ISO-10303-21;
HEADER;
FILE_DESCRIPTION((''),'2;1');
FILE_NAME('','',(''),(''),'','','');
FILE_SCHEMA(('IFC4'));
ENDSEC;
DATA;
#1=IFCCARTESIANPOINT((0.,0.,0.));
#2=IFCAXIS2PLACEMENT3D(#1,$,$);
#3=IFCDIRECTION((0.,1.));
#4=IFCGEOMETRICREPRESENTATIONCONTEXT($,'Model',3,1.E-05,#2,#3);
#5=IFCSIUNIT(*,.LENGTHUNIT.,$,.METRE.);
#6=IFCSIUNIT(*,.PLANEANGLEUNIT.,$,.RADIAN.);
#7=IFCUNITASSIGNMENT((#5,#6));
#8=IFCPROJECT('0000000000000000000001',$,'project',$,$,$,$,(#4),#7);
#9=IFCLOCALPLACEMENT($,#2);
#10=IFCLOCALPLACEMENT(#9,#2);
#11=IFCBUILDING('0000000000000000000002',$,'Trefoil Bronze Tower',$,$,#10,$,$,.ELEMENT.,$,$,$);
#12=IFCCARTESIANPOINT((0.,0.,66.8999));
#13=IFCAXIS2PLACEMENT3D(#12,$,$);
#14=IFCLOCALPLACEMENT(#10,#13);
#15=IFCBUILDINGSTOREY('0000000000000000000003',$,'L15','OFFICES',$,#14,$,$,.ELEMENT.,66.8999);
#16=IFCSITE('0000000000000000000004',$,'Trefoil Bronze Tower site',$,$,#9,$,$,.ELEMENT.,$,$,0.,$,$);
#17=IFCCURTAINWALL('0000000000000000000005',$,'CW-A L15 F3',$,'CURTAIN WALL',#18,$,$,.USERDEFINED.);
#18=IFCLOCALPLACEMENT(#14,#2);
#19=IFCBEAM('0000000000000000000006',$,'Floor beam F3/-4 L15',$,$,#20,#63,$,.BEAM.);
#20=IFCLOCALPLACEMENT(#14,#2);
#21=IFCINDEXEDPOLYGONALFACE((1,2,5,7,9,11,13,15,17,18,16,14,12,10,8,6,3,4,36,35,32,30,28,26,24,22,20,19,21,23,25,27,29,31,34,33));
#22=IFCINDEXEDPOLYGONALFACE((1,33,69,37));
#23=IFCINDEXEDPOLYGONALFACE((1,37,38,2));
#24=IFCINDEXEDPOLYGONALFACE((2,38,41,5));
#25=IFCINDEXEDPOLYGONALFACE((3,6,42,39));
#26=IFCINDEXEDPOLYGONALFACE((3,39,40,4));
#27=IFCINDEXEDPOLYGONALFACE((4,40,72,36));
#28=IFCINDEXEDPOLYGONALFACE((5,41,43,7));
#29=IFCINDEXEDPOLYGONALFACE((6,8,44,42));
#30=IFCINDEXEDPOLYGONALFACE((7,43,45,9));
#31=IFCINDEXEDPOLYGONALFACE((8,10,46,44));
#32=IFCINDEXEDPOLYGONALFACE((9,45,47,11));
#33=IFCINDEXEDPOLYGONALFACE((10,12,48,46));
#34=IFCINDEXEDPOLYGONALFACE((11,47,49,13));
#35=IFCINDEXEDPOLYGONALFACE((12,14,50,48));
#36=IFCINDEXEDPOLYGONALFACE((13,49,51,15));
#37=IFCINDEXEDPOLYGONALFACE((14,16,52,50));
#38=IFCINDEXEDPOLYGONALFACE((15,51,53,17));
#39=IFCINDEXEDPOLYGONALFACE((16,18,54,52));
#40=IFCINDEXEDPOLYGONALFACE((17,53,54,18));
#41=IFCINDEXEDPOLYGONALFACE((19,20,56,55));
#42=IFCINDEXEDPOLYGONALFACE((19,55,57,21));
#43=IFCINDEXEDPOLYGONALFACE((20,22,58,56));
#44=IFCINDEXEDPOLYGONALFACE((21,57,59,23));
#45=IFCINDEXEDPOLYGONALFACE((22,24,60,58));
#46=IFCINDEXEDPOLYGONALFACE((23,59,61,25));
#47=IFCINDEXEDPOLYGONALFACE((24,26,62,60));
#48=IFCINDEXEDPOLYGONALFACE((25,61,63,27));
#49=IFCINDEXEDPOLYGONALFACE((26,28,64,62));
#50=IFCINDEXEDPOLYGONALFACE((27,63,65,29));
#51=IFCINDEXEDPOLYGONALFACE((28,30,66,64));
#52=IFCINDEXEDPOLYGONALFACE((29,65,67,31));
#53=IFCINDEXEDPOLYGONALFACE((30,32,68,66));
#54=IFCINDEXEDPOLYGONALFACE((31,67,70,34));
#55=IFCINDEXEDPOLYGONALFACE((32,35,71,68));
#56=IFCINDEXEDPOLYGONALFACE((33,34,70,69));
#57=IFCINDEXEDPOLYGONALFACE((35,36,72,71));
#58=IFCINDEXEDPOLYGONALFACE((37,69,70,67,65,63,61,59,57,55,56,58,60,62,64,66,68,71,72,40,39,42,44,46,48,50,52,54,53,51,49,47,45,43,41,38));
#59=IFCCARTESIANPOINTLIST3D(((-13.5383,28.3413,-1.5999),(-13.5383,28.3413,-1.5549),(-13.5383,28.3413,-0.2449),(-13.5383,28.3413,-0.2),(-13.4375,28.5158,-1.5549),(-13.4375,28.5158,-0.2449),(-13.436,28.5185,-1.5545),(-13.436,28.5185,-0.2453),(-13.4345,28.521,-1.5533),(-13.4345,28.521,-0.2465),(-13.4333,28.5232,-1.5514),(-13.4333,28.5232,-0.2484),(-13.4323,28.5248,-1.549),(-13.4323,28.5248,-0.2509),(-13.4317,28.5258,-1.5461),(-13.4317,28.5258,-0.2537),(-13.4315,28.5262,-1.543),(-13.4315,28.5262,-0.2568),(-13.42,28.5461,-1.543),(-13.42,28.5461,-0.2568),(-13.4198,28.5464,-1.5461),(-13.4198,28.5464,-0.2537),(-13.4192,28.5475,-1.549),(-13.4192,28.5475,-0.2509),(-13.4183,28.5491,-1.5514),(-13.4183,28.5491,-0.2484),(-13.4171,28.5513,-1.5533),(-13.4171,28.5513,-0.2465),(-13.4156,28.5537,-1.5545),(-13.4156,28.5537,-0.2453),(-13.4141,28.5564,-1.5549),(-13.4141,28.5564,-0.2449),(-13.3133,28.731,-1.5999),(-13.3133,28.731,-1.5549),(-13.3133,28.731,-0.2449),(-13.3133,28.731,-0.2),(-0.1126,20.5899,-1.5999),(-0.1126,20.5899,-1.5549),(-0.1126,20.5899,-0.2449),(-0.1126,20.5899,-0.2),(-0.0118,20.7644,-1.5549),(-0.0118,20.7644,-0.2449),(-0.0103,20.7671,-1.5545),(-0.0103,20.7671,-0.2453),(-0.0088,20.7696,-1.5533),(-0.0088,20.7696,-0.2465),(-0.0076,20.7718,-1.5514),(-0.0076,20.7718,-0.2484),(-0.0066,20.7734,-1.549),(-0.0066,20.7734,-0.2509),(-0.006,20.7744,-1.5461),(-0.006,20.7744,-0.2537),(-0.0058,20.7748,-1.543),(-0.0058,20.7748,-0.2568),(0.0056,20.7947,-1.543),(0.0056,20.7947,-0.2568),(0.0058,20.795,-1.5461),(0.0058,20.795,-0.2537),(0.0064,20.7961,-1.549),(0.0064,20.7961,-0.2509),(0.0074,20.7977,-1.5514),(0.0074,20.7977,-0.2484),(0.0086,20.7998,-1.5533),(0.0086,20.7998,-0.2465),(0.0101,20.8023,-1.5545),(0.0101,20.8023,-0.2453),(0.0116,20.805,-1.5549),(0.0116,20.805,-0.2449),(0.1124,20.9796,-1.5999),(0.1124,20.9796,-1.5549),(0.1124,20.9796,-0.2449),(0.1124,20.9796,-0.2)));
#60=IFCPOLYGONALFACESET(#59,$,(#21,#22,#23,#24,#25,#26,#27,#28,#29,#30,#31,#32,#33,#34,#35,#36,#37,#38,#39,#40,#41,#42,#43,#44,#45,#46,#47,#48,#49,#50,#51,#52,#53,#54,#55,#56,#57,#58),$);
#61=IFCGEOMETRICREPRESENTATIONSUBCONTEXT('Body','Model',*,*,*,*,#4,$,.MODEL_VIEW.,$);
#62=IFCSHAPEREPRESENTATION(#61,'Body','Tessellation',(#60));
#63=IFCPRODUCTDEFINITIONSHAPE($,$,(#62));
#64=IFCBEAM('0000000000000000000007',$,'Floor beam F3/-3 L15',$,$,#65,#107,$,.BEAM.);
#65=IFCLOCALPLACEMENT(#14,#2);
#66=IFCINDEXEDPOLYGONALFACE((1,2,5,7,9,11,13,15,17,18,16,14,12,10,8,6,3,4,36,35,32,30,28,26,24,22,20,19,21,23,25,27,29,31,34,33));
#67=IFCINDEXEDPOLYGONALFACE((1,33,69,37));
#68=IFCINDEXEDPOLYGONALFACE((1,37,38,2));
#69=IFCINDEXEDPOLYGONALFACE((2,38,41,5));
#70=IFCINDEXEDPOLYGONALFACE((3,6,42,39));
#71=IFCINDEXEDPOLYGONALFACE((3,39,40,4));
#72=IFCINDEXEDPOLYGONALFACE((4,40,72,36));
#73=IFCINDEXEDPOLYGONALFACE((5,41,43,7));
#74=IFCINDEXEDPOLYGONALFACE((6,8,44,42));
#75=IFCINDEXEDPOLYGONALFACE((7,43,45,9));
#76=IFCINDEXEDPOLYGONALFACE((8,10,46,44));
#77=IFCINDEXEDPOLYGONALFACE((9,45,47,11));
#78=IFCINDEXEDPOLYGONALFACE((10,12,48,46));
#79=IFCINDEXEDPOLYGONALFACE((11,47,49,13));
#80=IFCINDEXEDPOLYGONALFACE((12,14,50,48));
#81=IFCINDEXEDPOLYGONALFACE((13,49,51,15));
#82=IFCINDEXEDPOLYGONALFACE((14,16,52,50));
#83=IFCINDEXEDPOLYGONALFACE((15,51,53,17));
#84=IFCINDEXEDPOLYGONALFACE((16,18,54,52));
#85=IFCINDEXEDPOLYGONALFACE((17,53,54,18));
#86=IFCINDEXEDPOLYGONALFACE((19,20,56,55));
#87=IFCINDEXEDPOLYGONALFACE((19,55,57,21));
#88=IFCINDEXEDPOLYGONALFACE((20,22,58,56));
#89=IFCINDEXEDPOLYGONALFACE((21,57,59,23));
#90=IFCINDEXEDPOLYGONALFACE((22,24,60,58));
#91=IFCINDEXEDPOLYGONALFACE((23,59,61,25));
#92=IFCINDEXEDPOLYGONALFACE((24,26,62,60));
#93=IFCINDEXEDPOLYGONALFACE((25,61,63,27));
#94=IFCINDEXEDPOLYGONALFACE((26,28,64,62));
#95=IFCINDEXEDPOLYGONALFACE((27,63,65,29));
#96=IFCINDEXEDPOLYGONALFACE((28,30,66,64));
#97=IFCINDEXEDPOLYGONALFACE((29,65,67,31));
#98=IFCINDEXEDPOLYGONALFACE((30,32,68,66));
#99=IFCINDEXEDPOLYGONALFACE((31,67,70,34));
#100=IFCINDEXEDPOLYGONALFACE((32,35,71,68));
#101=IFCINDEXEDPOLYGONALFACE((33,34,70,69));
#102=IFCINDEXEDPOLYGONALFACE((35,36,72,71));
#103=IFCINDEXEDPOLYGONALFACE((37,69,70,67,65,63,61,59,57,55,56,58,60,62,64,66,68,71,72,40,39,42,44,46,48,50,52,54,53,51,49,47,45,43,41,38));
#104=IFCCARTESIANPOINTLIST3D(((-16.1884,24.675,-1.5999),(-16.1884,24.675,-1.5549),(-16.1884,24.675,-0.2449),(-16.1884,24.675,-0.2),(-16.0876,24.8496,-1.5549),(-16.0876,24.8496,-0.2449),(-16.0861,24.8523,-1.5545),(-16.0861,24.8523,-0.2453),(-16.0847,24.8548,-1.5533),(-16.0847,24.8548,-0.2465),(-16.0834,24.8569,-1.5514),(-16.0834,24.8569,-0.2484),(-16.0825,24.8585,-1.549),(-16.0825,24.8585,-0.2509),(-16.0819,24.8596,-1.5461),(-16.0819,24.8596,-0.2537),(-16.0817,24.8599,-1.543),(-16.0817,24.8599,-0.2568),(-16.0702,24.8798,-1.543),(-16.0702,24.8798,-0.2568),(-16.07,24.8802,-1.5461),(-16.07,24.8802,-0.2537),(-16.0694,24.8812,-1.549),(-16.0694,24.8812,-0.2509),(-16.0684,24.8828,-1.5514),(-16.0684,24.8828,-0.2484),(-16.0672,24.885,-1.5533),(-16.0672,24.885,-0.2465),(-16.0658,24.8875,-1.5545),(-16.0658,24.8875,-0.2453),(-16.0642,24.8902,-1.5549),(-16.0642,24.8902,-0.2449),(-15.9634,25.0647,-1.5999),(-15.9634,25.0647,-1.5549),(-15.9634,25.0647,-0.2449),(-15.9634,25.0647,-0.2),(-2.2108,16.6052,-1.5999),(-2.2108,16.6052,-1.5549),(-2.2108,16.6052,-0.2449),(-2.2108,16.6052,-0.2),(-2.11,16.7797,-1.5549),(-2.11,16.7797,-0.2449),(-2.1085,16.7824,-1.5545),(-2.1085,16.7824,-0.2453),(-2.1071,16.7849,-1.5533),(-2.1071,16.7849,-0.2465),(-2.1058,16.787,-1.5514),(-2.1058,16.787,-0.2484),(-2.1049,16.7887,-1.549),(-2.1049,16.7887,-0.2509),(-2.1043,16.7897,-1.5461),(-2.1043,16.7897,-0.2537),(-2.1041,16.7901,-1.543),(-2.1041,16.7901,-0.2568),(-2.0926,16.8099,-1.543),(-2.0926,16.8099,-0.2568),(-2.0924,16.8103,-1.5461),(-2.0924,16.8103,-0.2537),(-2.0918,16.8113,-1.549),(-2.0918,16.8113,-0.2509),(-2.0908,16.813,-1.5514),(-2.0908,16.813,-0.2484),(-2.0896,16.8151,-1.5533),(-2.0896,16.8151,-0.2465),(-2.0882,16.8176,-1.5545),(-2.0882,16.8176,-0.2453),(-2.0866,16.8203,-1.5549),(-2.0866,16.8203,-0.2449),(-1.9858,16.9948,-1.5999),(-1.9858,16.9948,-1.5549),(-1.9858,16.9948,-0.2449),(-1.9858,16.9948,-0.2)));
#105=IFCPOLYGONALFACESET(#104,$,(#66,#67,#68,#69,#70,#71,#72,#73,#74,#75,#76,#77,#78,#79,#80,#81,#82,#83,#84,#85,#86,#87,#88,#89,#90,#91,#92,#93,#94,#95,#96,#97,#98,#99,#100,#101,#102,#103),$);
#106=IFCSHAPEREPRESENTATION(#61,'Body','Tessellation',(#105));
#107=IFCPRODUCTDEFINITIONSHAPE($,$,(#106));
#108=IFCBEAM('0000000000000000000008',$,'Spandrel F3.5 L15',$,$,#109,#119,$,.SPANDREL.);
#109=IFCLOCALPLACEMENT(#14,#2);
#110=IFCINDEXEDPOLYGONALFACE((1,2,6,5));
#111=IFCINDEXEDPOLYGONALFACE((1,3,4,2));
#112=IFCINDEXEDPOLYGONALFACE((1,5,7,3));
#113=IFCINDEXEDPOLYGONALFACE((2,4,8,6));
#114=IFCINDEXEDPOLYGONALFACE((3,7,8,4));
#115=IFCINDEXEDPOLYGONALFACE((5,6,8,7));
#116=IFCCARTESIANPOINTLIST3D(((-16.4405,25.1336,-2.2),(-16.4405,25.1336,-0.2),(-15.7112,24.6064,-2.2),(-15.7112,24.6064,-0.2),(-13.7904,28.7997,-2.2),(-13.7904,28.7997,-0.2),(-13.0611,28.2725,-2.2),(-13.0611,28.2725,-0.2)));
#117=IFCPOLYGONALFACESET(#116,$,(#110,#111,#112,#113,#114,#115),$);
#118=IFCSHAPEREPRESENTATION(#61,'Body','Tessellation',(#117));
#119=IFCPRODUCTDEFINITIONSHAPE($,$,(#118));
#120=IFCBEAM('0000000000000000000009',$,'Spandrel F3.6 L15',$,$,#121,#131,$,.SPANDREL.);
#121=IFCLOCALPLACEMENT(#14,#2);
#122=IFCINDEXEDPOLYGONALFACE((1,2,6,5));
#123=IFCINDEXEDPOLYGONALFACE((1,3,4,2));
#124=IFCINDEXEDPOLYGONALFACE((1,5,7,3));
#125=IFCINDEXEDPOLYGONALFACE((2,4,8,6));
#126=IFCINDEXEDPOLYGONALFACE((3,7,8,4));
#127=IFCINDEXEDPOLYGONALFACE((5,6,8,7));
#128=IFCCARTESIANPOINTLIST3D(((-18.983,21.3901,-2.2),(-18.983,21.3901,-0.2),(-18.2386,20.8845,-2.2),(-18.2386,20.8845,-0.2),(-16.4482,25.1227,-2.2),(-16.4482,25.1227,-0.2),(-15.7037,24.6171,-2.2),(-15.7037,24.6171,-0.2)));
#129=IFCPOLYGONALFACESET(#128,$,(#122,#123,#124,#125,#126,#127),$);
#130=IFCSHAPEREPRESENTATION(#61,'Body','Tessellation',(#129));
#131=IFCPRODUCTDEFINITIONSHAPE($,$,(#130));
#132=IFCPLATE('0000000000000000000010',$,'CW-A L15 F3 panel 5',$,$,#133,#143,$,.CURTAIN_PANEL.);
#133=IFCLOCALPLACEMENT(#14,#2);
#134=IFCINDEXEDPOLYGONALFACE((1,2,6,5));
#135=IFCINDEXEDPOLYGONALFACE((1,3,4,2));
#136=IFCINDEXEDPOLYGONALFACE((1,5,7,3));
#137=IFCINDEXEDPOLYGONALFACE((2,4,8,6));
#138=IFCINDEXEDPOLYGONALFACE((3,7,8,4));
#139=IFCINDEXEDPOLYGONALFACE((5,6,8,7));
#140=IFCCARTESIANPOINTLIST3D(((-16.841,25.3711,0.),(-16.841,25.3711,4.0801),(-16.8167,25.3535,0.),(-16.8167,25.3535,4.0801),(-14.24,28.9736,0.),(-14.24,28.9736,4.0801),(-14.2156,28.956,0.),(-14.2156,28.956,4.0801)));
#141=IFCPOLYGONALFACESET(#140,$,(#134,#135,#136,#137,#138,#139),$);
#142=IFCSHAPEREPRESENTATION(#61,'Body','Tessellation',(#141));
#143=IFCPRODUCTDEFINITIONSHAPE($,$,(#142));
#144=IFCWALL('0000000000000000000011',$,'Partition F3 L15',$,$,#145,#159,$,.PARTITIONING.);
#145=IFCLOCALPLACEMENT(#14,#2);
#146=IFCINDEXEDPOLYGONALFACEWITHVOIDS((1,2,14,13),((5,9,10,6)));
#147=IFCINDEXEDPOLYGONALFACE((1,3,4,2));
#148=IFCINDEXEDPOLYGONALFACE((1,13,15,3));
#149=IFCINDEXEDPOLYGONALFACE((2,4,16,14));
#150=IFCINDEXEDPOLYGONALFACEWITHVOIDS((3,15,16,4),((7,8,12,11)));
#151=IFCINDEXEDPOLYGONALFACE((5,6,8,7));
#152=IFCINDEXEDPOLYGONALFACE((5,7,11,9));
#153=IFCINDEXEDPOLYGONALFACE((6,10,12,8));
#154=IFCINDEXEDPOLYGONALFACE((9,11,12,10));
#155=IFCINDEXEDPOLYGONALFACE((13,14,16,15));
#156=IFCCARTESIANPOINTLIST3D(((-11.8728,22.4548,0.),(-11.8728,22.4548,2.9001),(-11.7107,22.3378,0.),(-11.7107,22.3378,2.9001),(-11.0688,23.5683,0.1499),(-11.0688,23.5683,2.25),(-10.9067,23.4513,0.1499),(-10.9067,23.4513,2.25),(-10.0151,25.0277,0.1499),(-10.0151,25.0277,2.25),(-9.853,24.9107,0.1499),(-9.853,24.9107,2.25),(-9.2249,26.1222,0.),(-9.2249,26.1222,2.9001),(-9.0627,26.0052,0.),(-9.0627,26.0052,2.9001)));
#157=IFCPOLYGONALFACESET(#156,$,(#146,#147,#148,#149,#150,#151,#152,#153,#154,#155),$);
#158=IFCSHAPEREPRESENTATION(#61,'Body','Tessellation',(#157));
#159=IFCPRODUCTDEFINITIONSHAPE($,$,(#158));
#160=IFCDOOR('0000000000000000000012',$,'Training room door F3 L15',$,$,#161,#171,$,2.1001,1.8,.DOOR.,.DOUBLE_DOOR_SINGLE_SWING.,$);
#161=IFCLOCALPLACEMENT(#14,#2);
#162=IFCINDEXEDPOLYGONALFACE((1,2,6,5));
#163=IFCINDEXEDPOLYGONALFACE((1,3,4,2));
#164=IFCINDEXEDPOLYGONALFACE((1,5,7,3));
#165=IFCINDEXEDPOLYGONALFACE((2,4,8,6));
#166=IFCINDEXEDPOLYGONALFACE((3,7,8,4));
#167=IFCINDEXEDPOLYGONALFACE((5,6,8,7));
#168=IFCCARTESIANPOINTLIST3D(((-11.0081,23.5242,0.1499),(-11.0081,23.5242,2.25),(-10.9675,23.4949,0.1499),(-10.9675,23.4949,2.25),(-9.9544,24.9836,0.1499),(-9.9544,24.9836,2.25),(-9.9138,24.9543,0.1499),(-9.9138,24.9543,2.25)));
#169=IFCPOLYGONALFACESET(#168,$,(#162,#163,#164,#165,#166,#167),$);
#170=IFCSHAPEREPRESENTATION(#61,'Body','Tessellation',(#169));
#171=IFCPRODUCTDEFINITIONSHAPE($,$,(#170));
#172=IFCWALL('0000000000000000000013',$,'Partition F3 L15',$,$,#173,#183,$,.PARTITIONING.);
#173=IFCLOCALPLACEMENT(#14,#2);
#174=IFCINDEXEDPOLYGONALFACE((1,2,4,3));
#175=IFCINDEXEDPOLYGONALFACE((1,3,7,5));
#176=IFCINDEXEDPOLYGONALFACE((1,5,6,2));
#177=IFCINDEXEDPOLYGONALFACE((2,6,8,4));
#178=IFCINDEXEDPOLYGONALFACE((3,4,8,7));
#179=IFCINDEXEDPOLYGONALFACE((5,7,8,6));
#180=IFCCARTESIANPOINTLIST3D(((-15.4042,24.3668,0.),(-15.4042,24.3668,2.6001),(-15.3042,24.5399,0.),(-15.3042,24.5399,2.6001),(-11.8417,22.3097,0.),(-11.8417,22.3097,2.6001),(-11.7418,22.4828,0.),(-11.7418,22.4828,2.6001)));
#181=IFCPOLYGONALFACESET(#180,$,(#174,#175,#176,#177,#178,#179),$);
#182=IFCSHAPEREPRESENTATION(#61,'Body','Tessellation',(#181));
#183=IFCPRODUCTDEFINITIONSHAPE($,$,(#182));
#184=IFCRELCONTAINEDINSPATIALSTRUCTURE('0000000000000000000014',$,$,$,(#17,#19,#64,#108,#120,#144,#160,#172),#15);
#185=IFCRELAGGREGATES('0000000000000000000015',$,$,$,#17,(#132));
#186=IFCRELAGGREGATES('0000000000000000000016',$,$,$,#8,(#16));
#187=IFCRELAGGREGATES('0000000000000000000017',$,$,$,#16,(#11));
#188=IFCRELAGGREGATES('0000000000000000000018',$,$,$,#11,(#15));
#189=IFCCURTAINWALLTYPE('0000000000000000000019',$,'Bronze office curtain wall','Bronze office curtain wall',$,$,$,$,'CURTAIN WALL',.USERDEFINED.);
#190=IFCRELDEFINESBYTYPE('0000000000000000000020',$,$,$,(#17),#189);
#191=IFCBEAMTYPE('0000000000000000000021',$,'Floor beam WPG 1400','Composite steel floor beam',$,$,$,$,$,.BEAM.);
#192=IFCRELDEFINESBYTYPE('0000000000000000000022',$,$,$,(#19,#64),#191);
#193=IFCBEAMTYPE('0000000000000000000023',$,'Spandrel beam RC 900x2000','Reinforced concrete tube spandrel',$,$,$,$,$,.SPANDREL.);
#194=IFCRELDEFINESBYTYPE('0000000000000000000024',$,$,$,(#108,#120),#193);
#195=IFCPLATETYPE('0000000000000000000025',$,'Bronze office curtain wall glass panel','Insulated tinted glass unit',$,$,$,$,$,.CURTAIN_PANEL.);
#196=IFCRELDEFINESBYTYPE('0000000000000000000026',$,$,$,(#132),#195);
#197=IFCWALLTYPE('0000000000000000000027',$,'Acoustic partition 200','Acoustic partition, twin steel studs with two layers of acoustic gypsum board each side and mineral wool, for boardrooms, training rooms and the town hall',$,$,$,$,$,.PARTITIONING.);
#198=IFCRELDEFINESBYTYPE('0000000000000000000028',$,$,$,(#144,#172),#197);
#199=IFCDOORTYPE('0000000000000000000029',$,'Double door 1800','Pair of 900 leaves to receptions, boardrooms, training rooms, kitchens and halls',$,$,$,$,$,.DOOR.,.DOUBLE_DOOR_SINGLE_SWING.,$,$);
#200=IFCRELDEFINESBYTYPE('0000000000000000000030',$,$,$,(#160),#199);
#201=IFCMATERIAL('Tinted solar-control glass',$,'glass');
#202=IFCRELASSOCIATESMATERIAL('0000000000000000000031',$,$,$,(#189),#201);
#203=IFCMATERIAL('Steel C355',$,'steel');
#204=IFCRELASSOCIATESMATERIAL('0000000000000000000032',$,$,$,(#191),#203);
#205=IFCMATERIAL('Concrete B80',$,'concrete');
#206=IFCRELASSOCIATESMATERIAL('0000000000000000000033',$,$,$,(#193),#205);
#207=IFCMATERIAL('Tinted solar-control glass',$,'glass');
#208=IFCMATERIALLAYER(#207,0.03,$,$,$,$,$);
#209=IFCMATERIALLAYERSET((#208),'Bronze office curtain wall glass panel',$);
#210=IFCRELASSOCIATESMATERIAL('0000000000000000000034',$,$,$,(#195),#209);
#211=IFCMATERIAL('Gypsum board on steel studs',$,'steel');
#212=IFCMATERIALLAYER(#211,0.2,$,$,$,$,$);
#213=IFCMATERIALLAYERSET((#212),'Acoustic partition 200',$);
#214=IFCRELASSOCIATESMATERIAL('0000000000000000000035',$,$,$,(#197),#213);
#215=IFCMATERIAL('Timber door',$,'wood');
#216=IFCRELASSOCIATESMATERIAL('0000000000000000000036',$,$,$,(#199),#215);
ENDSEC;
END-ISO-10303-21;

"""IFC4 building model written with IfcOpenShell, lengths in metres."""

from ifc_helpers import new_model, si_unit, direction, frame, frame_2d, origin, origin_2d, place, context, subcontext, project, spatial, rectangle, i_section, extrude, material, layer, layer_set, material_profile, profile_set, type_object, element, fill, aggregate, save


model = new_model("IFC4")

# Units and contexts
model_context = context("Model", 3, precision=1e-05, world=origin(), true_north=direction((0.0, 1.0)))
body_context = subcontext(model_context, "Body", "Model", "MODEL_VIEW")
ifc_project = project(units=[si_unit("LENGTHUNIT", "METRE"), si_unit("PLANEANGLEUNIT", "RADIAN")], contexts=[model_context])

# Site, building, storey
site_placement = place(None, origin())
site = spatial("IfcSite", under=ifc_project, at=site_placement, Name="Trefoil Bronze Tower site", CompositionType="ELEMENT", RefElevation=0.0)
building_placement = place(site_placement, origin())
building = spatial("IfcBuilding", under=site, at=building_placement, Name="Trefoil Bronze Tower", CompositionType="ELEMENT")
storey_placement = place(building_placement, frame((0.0, 0.0, 66.8999)))
storey = spatial("IfcBuildingStorey", under=building, at=storey_placement, Name="L15", Description="OFFICES", CompositionType="ELEMENT", Elevation=66.8999)

# Curtain wall
ifc_material_1 = material(Name="Tinted solar-control glass", Category="glass")
curtain_wall_type = type_object("IfcCurtainWallType", Name="Bronze office curtain wall", Description="Bronze office curtain wall", ElementType="CURTAIN WALL", PredefinedType="USERDEFINED", material=ifc_material_1)
curtain_wall_placement = place(storey_placement, origin())
curtain_wall = element("IfcCurtainWall", 1, at=curtain_wall_placement, inside=storey, type_object=curtain_wall_type, Name="CW-A L15 F3", ObjectType="CURTAIN WALL", PredefinedType="USERDEFINED")

# Beams
ifc_material_2 = material(Name="Steel C355", Category="steel")
ifc_material_profile_1 = material_profile(ifc_material_2, i_section(OverallWidth=0.45, OverallDepth=1.3999, WebThickness=0.0229, FlangeThickness=0.0449, FilletRadius=0.012, at=origin_2d()), Name="WPG 1400")
ifc_profile_set_1 = profile_set([ifc_material_profile_1], Name="Steel C355")
beam_type_1 = type_object("IfcBeamType", Name="Floor beam WPG 1400", Description="Composite steel floor beam", PredefinedType="BEAM", material=ifc_profile_set_1)
beam_1_placement = place(storey_placement, frame((-13.4258, 28.5361, -0.8999), z_axis=(0.866023, -0.500004, 0.0), x_axis=(0.500004, 0.866023, 0.0)))
element("IfcBeam", 2, at=beam_1_placement, inside=storey, type_object=beam_type_1, Name="Floor beam F3/-4 L15", PredefinedType="BEAM", context=body_context, shape_type="SweptSolid", body=[
    extrude(i_section(OverallWidth=0.45, OverallDepth=1.3999, WebThickness=0.0229, FlangeThickness=0.0449, FilletRadius=0.012, at=origin_2d()), origin(), (0.0, 0.0, 1.0), 15.5027),
])
beam_2_placement = place(storey_placement, frame((-16.0759, 24.8699, -0.8999), z_axis=(0.866028, -0.499995, 0.0), x_axis=(0.499995, 0.866028, 0.0)))
element("IfcBeam", 3, at=beam_2_placement, inside=storey, type_object=beam_type_1, Name="Floor beam F3/-3 L15", PredefinedType="BEAM", context=body_context, shape_type="SweptSolid", body=[
    extrude(i_section(OverallWidth=0.45, OverallDepth=1.3999, WebThickness=0.0229, FlangeThickness=0.0449, FilletRadius=0.012, at=origin_2d()), origin(), (0.0, 0.0, 1.0), 16.1399),
])
ifc_material_3 = material(Name="Concrete B80", Category="concrete")
ifc_material_profile_2 = material_profile(ifc_material_3, rectangle(XDim=0.8999, YDim=2.0, at=origin_2d()), Name="RC 900x2000")
ifc_profile_set_2 = profile_set([ifc_material_profile_2], Name="Concrete B80")
beam_type_2 = type_object("IfcBeamType", Name="Spandrel beam RC 900x2000", Description="Reinforced concrete tube spandrel", PredefinedType="SPANDREL", material=ifc_profile_set_2)
beam_3_placement = place(storey_placement, frame((-13.4258, 28.5361, -1.2), z_axis=(-0.585824, -0.810439, 0.0), x_axis=(0.810439, -0.585824, 0.0)))
element("IfcBeam", 4, at=beam_3_placement, inside=storey, type_object=beam_type_2, Name="Spandrel F3.5 L15", PredefinedType="SPANDREL", context=body_context, shape_type="SweptSolid", body=[
    extrude(rectangle(XDim=0.8999, YDim=2.0, at=origin_2d()), origin(), (0.0, 0.0, 1.0), 4.5237),
])
beam_4_placement = place(storey_placement, frame((-16.0759, 24.8699, -1.2), z_axis=(-0.56181, -0.827267, 0.0), x_axis=(0.827267, -0.56181, 0.0)))
element("IfcBeam", 5, at=beam_4_placement, inside=storey, type_object=beam_type_2, Name="Spandrel F3.6 L15", PredefinedType="SPANDREL", context=body_context, shape_type="SweptSolid", body=[
    extrude(rectangle(XDim=0.8999, YDim=2.0, at=origin_2d()), origin(), (0.0, 0.0, 1.0), 4.512),
])

# Plate
ifc_material_4 = material(Name="Tinted solar-control glass", Category="glass")
ifc_layer_1 = layer(ifc_material_4, 0.03)
ifc_layer_set_1 = layer_set([ifc_layer_1], Name="Bronze office curtain wall glass panel")
plate_type = type_object("IfcPlateType", Name="Bronze office curtain wall glass panel", Description="Insulated tinted glass unit", PredefinedType="CURTAIN_PANEL", material=ifc_layer_set_1)
plate_placement = place(storey_placement, frame((-15.5283, 27.1636, 0.0), z_axis=(0.0, 0.0, 1.0), x_axis=(-0.585373, -0.810764, 0.0)))
plate = element("IfcPlate", 6, at=plate_placement, type_object=plate_type, Name="CW-A L15 F3 panel 5", PredefinedType="CURTAIN_PANEL", context=body_context, shape_type="SweptSolid", body=[
    extrude(rectangle(XDim=4.4434, YDim=0.03, at=origin_2d()), origin(), (0.0, 0.0, 1.0), 4.0801),
])
aggregate(curtain_wall, [plate])

# Wall, opening, door
ifc_material_5 = material(Name="Gypsum board on steel studs", Category="steel")
ifc_layer_2 = layer(ifc_material_5, 0.2)
ifc_layer_set_2 = layer_set([ifc_layer_2], Name="Acoustic partition 200")
wall_type_1 = type_object("IfcWallType", Name="Acoustic partition 200", Description="Acoustic partition, twin steel studs with two layers of acoustic gypsum board each side and mineral wool, for boardrooms, training rooms and the town hall", PredefinedType="PARTITIONING", material=ifc_layer_set_2)
wall_1_placement = place(storey_placement, frame((-9.1438, 26.0637, 0.0), z_axis=(0.0, 0.0, 1.0), x_axis=(-0.585376, -0.810762, 0.0)))
wall_1 = element("IfcWall", 7, at=wall_1_placement, inside=storey, type_object=wall_type_1, Name="Partition F3 L15", PredefinedType="PARTITIONING", context=body_context, shape_type="SweptSolid", body=[
    extrude(rectangle(XDim=4.5234, YDim=0.2, at=frame_2d((2.2617, 0.0))), origin(), (0.0, 0.0, 1.0), 2.9001),
])
opening_1_placement = place(wall_1_placement, frame((1.3501, 0.0, 0.1499)))
opening_1 = element("IfcOpeningElement", 8, at=opening_1_placement, cuts=wall_1, PredefinedType="OPENING", context=body_context, shape_type="SweptSolid", body=[
    extrude(rectangle(XDim=1.8, YDim=2.1001, at=frame_2d((0.8999, 1.05))), frame((0.0, 0.1099, 0.0), z_axis=(0.0, -1.0, 0.0), x_axis=(1.0, 0.0, 0.0)), (0.0, 0.0, 1.0), 0.22),
])
ifc_material_6 = material(Name="Timber door", Category="wood")
door_type_1 = type_object("IfcDoorType", Name="Double door 1800", Description="Pair of 900 leaves to receptions, boardrooms, training rooms, kitchens and halls", OperationType="DOUBLE_DOOR_SINGLE_SWING", PredefinedType="DOOR", material=ifc_material_6)
door_1_placement = place(opening_1_placement, frame((1.8, 0.0, 0.0), z_axis=(0.0, 0.0, 1.0), x_axis=(-1.0, 0.0, 0.0)))
door_1 = element("IfcDoor", 9, at=door_1_placement, inside=storey, type_object=door_type_1, Name="Training room door F3 L15", OperationType="DOUBLE_DOOR_SINGLE_SWING", OverallHeight=2.1001, OverallWidth=1.8, PredefinedType="DOOR", context=body_context, shape_type="SweptSolid", body=[
    extrude(rectangle(XDim=1.8, YDim=2.1001, at=frame_2d((0.8999, 1.05))), frame((0.0, 0.0249, 0.0), z_axis=(0.0, -1.0, 0.0), x_axis=(1.0, 0.0, 0.0)), (0.0, 0.0, 1.0), 0.05),
])
fill(opening_1, door_1)

# Wall
wall_2_placement = place(storey_placement, frame((-11.7917, 22.3962, 0.0), z_axis=(0.0, 0.0, 1.0), x_axis=(-0.865992, 0.500058, 0.0)))
element("IfcWall", 10, at=wall_2_placement, inside=storey, type_object=wall_type_1, Name="Partition F3 L15", PredefinedType="PARTITIONING", context=body_context, shape_type="SweptSolid", body=[
    extrude(rectangle(XDim=4.1138, YDim=0.2, at=frame_2d((2.0569, 0.0))), origin(), (0.0, 0.0, 1.0), 2.6001),
])

save(model, "model.ifc")
